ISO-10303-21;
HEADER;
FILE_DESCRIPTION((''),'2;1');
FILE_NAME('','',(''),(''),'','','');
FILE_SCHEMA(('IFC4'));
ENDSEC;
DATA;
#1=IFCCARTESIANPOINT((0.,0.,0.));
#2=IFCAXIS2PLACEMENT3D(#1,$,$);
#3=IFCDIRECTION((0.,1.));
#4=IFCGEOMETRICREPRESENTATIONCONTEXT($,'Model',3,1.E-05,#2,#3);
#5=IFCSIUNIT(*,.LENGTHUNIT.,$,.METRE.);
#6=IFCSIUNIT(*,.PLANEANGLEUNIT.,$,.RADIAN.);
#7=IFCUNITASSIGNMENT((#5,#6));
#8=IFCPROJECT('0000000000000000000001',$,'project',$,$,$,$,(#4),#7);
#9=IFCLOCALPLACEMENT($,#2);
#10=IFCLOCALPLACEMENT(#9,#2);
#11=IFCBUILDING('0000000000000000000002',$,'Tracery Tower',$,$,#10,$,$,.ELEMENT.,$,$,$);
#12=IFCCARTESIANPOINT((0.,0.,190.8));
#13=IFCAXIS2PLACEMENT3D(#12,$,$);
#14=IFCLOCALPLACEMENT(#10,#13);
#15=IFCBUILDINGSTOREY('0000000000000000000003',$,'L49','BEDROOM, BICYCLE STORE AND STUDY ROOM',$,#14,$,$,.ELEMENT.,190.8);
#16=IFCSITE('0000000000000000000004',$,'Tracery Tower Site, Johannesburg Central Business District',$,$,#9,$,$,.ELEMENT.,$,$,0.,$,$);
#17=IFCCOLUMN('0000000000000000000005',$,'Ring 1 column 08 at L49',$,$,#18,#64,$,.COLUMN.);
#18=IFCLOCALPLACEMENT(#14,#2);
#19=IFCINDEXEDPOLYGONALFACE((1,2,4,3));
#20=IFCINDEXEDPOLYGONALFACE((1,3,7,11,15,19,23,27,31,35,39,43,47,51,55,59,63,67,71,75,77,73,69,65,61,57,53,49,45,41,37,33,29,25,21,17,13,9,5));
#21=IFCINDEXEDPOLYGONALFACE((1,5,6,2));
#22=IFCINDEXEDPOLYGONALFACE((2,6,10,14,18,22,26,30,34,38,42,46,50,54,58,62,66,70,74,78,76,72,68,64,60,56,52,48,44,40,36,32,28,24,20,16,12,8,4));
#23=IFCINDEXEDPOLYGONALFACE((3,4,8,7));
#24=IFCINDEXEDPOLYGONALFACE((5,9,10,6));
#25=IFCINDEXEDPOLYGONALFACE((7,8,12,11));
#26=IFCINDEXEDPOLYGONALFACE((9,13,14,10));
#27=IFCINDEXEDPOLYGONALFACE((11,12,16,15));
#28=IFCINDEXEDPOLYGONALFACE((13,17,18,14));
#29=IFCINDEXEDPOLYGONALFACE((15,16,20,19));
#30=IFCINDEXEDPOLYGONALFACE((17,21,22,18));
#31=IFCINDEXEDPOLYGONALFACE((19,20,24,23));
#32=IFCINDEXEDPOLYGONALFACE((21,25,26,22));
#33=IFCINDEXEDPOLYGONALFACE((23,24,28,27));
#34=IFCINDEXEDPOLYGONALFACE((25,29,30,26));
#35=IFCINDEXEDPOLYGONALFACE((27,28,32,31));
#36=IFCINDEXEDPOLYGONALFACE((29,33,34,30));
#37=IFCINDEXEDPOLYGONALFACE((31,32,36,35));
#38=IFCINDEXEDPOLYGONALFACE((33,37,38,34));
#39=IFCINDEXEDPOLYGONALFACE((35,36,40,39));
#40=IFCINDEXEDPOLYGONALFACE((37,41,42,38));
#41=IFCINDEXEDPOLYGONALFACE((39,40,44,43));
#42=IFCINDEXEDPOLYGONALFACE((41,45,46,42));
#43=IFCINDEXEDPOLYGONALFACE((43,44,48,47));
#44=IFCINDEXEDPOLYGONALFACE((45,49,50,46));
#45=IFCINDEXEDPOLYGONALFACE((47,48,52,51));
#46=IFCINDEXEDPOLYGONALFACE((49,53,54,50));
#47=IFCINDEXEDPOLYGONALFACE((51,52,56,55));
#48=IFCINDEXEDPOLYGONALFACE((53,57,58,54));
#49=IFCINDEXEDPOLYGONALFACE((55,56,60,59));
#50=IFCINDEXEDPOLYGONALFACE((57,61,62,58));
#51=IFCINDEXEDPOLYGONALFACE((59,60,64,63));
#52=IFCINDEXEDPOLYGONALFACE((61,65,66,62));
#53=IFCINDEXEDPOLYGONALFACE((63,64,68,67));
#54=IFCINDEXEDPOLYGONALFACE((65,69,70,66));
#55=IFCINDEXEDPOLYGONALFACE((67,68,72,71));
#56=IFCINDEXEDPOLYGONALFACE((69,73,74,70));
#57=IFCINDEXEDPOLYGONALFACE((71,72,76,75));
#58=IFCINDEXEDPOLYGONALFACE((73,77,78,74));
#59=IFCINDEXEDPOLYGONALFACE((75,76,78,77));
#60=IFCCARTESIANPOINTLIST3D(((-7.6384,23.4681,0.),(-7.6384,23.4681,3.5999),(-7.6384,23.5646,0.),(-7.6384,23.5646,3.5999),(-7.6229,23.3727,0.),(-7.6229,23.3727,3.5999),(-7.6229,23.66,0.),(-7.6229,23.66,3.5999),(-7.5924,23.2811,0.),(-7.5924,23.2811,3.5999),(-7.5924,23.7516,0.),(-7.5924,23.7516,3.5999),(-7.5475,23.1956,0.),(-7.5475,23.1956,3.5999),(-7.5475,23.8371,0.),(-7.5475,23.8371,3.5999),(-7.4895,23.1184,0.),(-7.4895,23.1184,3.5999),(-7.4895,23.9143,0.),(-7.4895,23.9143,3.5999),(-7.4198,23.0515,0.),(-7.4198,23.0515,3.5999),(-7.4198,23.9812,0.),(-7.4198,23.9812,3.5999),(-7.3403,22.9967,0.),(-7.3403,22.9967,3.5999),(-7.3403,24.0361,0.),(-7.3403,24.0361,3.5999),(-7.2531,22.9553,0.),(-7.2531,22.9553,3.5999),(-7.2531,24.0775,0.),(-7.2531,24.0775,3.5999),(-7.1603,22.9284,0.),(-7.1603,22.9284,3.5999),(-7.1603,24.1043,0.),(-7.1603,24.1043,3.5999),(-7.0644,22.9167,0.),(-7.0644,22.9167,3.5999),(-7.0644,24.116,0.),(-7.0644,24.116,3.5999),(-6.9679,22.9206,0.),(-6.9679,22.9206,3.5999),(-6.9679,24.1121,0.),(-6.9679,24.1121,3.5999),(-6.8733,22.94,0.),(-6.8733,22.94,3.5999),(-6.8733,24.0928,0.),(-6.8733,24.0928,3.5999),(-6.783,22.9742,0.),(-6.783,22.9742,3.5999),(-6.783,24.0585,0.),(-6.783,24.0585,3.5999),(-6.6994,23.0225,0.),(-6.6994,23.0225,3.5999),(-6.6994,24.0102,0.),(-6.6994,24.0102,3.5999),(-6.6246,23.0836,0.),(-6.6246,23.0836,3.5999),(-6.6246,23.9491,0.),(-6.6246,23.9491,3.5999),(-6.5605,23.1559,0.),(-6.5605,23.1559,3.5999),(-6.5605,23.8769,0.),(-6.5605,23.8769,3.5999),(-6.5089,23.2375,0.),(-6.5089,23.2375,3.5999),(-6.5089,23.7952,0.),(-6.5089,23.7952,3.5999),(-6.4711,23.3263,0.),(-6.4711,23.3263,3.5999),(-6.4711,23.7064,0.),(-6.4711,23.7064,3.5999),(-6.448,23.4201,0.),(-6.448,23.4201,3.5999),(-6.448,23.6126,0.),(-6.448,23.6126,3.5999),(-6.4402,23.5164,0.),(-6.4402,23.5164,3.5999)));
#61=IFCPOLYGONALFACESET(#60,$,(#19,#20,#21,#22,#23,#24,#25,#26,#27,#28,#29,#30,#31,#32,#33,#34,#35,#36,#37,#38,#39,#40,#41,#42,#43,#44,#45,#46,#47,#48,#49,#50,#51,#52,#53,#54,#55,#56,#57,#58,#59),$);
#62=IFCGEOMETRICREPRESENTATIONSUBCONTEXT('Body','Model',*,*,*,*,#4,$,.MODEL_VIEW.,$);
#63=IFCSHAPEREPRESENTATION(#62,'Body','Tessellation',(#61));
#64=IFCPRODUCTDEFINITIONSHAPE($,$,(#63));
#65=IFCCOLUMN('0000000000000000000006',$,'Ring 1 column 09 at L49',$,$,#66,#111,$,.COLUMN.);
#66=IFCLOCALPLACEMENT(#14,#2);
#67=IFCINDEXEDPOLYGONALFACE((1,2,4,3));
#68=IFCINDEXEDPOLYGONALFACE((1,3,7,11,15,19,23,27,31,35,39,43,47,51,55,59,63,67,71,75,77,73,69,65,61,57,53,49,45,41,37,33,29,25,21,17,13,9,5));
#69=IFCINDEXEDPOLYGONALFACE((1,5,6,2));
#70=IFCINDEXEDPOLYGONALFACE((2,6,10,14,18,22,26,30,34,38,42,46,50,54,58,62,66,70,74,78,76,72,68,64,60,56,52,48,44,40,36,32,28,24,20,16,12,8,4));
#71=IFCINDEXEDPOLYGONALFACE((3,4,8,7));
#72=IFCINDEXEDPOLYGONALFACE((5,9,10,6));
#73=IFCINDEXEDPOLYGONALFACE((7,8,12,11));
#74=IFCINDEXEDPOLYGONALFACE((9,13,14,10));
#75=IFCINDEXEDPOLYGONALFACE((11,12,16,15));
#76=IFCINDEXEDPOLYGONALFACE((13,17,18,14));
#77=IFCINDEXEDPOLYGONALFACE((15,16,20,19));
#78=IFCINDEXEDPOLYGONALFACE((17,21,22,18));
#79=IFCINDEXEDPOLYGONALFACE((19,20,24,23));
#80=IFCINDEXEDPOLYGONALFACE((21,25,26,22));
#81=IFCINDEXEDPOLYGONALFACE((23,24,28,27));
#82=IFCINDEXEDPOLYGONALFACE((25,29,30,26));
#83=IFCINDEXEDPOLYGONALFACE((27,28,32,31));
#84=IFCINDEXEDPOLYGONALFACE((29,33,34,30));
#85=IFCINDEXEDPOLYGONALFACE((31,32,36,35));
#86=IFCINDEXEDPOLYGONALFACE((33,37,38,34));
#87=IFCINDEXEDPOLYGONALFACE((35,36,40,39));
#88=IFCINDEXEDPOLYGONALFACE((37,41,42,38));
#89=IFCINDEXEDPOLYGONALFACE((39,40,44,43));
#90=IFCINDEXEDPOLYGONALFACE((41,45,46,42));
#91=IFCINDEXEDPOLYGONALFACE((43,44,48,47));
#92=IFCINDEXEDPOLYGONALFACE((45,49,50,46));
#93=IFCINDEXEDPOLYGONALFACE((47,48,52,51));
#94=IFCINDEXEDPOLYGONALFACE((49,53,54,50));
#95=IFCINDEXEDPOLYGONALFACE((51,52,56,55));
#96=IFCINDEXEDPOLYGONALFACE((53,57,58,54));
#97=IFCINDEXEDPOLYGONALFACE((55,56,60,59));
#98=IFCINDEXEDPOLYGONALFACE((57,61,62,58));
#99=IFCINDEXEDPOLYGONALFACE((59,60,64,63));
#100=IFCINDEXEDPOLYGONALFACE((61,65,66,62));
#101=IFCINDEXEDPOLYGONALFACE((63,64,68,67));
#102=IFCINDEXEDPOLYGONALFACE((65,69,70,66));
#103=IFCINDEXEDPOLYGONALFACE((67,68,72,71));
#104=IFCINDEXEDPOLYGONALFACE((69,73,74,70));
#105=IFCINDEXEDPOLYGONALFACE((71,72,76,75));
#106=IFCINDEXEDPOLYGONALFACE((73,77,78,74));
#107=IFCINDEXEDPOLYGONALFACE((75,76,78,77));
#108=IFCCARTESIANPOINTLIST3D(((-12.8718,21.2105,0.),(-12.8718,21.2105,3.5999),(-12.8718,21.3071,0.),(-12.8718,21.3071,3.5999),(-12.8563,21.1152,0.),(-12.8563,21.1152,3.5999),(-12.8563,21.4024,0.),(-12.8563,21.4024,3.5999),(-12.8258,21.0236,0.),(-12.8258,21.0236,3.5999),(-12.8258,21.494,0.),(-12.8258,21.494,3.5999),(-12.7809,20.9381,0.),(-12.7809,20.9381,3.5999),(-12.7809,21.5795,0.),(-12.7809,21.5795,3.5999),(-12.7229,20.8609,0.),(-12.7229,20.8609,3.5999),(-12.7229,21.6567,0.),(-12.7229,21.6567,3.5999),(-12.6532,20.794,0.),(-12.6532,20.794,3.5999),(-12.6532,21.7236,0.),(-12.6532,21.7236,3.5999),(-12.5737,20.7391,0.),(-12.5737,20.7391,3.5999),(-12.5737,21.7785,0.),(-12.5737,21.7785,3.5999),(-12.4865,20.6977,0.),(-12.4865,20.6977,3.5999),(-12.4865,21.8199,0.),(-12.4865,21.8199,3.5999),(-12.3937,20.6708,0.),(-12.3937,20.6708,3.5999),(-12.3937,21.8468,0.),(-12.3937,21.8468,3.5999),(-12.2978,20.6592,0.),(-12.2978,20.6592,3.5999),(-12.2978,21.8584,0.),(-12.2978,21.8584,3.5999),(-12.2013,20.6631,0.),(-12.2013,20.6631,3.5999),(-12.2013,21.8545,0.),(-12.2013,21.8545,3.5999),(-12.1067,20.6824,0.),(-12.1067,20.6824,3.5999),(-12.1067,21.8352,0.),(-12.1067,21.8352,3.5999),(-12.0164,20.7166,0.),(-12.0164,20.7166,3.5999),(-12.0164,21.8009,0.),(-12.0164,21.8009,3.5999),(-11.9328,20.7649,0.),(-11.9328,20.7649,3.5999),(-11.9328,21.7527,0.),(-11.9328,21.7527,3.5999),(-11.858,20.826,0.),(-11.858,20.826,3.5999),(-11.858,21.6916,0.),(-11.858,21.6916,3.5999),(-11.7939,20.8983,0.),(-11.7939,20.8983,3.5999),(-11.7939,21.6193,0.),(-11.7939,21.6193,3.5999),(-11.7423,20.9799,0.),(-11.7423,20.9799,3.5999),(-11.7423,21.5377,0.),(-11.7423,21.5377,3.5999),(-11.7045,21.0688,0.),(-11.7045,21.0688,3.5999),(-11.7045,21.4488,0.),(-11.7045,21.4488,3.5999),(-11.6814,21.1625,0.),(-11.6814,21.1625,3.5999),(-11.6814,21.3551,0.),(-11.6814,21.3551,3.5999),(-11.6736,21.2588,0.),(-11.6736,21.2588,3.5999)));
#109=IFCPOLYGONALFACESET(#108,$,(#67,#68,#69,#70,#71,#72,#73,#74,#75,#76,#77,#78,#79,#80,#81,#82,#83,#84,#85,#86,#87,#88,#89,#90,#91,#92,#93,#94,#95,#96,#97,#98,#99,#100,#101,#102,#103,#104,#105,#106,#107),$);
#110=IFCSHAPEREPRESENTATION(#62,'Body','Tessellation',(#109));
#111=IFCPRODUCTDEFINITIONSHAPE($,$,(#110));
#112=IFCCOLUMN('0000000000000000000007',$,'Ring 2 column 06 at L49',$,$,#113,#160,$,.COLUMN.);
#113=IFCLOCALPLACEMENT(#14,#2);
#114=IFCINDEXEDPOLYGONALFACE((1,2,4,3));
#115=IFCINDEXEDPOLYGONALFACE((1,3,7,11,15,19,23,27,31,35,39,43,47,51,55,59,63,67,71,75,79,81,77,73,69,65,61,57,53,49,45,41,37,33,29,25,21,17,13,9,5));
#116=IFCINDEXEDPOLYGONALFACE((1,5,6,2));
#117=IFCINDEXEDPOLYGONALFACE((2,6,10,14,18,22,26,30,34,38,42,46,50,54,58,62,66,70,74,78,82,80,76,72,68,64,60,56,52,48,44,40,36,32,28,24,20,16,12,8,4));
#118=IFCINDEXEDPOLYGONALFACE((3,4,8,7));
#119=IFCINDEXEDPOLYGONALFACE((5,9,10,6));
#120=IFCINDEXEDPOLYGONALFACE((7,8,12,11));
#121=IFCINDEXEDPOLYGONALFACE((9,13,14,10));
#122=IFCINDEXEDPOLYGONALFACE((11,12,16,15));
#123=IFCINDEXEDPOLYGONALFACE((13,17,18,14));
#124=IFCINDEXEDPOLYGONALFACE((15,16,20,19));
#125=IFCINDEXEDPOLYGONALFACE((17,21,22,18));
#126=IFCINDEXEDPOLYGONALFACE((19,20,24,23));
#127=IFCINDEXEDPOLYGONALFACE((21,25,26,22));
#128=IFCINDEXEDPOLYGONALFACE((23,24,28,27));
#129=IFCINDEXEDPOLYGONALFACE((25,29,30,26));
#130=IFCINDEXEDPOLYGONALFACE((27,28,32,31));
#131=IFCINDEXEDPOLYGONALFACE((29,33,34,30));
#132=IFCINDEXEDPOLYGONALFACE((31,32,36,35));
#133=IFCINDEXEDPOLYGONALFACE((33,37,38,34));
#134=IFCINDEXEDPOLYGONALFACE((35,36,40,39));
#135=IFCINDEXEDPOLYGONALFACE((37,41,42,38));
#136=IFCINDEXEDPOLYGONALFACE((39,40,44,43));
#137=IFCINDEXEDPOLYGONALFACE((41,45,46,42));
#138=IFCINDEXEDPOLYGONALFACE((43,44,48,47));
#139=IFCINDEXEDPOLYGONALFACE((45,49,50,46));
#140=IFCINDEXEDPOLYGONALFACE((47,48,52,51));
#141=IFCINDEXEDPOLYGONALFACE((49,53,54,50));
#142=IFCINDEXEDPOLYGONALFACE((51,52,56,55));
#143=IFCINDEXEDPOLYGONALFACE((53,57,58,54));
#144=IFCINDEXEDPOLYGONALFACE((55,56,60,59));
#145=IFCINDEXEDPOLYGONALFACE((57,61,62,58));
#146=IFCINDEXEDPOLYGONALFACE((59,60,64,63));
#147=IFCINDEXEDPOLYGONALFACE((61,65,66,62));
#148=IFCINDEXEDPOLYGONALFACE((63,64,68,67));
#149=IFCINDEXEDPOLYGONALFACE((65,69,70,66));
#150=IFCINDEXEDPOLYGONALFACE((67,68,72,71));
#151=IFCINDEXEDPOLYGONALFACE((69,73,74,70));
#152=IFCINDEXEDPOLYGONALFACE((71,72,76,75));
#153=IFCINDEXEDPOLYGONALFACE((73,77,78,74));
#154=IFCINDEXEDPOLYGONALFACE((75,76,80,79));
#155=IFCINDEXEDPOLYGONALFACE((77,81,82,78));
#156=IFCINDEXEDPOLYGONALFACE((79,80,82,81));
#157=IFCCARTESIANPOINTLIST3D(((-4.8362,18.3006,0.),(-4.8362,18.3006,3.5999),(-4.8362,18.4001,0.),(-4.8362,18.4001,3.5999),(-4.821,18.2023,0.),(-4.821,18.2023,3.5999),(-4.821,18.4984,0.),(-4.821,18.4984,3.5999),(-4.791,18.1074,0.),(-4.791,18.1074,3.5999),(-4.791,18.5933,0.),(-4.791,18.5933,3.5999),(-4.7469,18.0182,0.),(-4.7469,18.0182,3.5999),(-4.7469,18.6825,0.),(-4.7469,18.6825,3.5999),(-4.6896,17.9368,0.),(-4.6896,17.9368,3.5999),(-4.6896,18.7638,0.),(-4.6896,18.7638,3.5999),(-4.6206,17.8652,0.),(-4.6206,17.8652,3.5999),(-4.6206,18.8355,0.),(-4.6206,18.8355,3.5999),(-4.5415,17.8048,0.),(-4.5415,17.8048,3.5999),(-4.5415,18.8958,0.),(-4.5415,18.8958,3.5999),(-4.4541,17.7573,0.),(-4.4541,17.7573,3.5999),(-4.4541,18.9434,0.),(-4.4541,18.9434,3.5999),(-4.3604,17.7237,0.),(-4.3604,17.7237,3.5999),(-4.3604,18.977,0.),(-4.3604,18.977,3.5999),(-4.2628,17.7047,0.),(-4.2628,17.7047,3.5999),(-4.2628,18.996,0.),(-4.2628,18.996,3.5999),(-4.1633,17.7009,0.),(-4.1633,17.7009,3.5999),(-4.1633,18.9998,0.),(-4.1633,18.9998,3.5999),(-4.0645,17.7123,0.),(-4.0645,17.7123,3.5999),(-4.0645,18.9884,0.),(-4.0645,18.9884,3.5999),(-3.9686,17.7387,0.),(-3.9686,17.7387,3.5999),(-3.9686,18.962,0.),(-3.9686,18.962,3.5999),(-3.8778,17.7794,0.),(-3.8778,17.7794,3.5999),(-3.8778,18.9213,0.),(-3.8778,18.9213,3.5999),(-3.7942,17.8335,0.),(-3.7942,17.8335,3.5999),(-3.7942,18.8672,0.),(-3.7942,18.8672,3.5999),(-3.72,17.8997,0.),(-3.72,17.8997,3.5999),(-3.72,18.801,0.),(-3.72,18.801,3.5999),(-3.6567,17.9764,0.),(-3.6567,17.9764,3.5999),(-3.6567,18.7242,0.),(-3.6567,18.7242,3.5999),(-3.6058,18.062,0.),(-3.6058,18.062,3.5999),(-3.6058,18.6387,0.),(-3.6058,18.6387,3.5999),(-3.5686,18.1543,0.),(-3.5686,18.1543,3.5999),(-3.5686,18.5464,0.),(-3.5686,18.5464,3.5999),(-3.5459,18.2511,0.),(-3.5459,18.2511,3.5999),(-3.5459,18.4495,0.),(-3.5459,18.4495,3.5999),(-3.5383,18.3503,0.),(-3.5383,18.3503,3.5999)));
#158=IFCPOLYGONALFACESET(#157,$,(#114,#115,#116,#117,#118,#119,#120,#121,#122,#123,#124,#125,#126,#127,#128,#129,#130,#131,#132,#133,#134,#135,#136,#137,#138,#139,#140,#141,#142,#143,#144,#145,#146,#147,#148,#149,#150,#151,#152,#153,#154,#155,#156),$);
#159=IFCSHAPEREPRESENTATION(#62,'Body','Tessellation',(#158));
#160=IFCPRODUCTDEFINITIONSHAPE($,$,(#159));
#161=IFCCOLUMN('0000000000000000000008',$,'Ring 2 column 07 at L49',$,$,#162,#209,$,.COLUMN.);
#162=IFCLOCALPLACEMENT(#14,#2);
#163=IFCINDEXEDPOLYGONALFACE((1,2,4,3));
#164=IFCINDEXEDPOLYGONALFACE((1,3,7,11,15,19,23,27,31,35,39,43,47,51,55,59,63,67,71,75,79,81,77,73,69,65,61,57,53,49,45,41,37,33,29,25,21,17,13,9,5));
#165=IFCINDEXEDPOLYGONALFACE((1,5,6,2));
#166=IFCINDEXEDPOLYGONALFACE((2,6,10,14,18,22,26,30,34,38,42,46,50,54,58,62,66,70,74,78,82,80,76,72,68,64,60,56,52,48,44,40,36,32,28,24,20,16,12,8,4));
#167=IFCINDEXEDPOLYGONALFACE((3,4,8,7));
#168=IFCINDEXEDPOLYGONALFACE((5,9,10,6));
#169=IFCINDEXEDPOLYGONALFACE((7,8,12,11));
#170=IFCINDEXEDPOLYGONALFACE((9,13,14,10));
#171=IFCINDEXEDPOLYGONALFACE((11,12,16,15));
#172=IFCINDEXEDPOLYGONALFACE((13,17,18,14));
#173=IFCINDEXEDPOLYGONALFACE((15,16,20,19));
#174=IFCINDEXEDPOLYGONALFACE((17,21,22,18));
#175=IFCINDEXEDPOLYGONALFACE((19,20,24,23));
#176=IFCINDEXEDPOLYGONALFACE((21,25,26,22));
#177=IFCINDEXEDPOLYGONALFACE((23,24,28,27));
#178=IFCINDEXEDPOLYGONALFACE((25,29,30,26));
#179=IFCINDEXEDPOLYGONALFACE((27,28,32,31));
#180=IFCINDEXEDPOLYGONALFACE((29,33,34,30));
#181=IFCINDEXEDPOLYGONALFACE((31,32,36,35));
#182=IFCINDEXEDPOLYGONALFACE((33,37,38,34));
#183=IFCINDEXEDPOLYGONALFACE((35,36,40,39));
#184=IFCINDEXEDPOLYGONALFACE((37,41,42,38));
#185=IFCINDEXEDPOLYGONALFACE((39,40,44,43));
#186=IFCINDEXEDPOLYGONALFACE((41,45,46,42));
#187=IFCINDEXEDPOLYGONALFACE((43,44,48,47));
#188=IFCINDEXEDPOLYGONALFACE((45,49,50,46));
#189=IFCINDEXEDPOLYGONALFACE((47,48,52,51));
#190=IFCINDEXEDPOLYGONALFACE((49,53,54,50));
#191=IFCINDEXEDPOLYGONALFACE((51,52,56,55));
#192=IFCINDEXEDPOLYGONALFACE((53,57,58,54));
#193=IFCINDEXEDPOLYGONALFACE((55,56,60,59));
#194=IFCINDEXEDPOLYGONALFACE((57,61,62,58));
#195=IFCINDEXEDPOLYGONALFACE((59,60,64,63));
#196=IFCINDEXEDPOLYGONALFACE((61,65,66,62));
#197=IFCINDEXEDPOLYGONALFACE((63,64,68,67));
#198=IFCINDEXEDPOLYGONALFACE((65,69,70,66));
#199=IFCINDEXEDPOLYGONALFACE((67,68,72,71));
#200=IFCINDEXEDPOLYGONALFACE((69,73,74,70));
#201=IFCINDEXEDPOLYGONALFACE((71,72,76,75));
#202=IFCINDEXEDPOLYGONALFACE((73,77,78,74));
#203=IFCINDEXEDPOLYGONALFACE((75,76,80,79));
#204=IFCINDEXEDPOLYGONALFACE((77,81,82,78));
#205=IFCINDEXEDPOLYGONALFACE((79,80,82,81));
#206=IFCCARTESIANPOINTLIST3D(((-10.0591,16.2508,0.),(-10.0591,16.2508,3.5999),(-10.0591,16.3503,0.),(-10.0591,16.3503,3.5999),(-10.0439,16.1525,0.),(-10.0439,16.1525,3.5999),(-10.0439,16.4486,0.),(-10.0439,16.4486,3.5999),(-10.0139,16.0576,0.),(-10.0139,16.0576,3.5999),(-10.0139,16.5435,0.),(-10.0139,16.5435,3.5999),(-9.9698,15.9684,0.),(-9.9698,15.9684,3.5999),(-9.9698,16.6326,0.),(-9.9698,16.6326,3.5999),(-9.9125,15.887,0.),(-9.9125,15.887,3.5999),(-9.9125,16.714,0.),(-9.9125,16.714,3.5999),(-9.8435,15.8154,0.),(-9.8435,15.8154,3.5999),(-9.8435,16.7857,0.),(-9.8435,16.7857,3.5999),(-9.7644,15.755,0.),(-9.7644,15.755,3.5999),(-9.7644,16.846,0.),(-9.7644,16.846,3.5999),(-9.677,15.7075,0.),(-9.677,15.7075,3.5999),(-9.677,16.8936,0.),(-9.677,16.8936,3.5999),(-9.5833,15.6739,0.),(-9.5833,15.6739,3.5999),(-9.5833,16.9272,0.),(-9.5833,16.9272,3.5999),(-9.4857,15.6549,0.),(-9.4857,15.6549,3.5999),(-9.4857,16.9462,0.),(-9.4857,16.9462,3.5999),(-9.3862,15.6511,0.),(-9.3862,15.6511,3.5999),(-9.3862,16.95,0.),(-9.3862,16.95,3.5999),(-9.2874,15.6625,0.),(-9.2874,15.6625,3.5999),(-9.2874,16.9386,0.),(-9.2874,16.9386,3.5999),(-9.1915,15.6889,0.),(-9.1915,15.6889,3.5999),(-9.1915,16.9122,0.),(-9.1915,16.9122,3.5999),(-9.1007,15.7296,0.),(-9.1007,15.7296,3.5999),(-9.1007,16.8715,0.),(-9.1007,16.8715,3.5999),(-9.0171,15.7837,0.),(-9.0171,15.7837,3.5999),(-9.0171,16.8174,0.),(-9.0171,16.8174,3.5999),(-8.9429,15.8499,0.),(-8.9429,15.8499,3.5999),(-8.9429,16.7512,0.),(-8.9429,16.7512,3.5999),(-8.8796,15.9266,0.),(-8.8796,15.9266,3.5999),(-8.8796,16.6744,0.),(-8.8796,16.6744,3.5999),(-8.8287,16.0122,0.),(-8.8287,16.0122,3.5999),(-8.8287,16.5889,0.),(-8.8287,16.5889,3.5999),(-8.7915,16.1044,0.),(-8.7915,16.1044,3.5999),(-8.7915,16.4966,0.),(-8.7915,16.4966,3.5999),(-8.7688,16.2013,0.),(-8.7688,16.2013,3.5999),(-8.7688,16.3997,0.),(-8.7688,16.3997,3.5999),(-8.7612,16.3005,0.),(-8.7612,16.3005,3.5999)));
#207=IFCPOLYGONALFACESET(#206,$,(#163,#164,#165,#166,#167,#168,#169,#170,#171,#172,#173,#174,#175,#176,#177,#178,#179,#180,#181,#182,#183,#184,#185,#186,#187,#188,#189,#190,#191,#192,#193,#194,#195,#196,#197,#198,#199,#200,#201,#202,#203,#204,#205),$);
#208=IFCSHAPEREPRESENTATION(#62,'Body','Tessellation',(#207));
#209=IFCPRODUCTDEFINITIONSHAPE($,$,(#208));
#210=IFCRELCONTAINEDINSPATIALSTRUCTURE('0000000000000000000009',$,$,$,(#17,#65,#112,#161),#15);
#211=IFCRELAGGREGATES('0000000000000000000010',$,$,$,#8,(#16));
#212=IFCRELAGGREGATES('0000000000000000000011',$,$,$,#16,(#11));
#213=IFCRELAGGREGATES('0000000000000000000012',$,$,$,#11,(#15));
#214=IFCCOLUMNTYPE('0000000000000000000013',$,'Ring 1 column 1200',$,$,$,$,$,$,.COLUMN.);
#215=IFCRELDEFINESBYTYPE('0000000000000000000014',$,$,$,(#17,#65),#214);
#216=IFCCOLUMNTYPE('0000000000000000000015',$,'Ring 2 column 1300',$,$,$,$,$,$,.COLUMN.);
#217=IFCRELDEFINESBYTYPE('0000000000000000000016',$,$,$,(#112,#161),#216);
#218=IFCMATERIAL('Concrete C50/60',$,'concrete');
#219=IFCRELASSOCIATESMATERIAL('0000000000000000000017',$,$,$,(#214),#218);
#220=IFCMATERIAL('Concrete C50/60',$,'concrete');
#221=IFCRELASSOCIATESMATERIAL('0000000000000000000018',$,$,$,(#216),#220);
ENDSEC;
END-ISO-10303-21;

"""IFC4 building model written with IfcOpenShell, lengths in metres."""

from ifc_helpers import new_model, si_unit, direction, frame, origin, origin_2d, place, context, subcontext, project, spatial, circle, extrude, material, material_profile, profile_set, type_object, element, save


model = new_model("IFC4")

# Units and contexts
model_context = context("Model", 3, precision=1e-05, world=origin(), true_north=direction((0.0, 1.0)))
body_context = subcontext(model_context, "Body", "Model", "MODEL_VIEW")
ifc_project = project(units=[si_unit("LENGTHUNIT", "METRE"), si_unit("PLANEANGLEUNIT", "RADIAN")], contexts=[model_context])

# Site, building, storey
site_placement = place(None, origin())
site = spatial("IfcSite", under=ifc_project, at=site_placement, Name="Tracery Tower Site, Johannesburg Central Business District", CompositionType="ELEMENT", RefElevation=0.0)
building_placement = place(site_placement, origin())
building = spatial("IfcBuilding", under=site, at=building_placement, Name="Tracery Tower", CompositionType="ELEMENT")
storey_placement = place(building_placement, frame((0.0, 0.0, 190.8)))
storey = spatial("IfcBuildingStorey", under=building, at=storey_placement, Name="L49", Description="BEDROOM, BICYCLE STORE AND STUDY ROOM", CompositionType="ELEMENT", Elevation=190.8)

# Columns
ifc_material_1 = material(Name="Concrete C50/60", Category="concrete")
ifc_material_profile_1 = material_profile(ifc_material_1, circle(Radius=0.6001, at=origin_2d()), Name="RC D1200")
ifc_profile_set_1 = profile_set([ifc_material_profile_1], Name="Concrete C50/60")
column_type_1 = type_object("IfcColumnType", Name="Ring 1 column 1200", PredefinedType="COLUMN", material=ifc_profile_set_1)
for number, where, z_axis, x_axis, name in (
    (1, (-7.0403, 23.5164, 0.0), (0.0, 0.0, 1.0), (1.0, 0.0, 0.0), "Ring 1 column 08 at L49"),
    (2, (-12.2737, 21.2588, 0.0), (0.0, 0.0, 1.0), (1.0, 0.0, 0.0), "Ring 1 column 09 at L49"),
):
    element("IfcColumn", number, at=place(storey_placement, frame(where, z_axis=z_axis, x_axis=x_axis)), inside=storey, type_object=column_type_1, Name=name, PredefinedType="COLUMN", context=body_context, shape_type="SweptSolid", body=[
        extrude(circle(Radius=0.6001, at=origin_2d()), origin(), (0.0, 0.0, 1.0), 3.5999),
    ])
ifc_material_2 = material(Name="Concrete C50/60", Category="concrete")
ifc_material_profile_2 = material_profile(ifc_material_2, circle(Radius=0.6499, at=origin_2d()), Name="RC D1300")
ifc_profile_set_2 = profile_set([ifc_material_profile_2], Name="Concrete C50/60")
column_type_2 = type_object("IfcColumnType", Name="Ring 2 column 1300", PredefinedType="COLUMN", material=ifc_profile_set_2)
for number, where, z_axis, x_axis, name in (
    (3, (-4.1882, 18.3503, 0.0), (0.0, 0.0, 1.0), (1.0, 0.0, 0.0), "Ring 2 column 06 at L49"),
    (4, (-9.4111, 16.3005, 0.0), (0.0, 0.0, 1.0), (1.0, 0.0, 0.0), "Ring 2 column 07 at L49"),
):
    element("IfcColumn", number, at=place(storey_placement, frame(where, z_axis=z_axis, x_axis=x_axis)), inside=storey, type_object=column_type_2, Name=name, PredefinedType="COLUMN", context=body_context, shape_type="SweptSolid", body=[
        extrude(circle(Radius=0.6499, at=origin_2d()), origin(), (0.0, 0.0, 1.0), 3.5999),
    ])

save(model, "model.ifc")
